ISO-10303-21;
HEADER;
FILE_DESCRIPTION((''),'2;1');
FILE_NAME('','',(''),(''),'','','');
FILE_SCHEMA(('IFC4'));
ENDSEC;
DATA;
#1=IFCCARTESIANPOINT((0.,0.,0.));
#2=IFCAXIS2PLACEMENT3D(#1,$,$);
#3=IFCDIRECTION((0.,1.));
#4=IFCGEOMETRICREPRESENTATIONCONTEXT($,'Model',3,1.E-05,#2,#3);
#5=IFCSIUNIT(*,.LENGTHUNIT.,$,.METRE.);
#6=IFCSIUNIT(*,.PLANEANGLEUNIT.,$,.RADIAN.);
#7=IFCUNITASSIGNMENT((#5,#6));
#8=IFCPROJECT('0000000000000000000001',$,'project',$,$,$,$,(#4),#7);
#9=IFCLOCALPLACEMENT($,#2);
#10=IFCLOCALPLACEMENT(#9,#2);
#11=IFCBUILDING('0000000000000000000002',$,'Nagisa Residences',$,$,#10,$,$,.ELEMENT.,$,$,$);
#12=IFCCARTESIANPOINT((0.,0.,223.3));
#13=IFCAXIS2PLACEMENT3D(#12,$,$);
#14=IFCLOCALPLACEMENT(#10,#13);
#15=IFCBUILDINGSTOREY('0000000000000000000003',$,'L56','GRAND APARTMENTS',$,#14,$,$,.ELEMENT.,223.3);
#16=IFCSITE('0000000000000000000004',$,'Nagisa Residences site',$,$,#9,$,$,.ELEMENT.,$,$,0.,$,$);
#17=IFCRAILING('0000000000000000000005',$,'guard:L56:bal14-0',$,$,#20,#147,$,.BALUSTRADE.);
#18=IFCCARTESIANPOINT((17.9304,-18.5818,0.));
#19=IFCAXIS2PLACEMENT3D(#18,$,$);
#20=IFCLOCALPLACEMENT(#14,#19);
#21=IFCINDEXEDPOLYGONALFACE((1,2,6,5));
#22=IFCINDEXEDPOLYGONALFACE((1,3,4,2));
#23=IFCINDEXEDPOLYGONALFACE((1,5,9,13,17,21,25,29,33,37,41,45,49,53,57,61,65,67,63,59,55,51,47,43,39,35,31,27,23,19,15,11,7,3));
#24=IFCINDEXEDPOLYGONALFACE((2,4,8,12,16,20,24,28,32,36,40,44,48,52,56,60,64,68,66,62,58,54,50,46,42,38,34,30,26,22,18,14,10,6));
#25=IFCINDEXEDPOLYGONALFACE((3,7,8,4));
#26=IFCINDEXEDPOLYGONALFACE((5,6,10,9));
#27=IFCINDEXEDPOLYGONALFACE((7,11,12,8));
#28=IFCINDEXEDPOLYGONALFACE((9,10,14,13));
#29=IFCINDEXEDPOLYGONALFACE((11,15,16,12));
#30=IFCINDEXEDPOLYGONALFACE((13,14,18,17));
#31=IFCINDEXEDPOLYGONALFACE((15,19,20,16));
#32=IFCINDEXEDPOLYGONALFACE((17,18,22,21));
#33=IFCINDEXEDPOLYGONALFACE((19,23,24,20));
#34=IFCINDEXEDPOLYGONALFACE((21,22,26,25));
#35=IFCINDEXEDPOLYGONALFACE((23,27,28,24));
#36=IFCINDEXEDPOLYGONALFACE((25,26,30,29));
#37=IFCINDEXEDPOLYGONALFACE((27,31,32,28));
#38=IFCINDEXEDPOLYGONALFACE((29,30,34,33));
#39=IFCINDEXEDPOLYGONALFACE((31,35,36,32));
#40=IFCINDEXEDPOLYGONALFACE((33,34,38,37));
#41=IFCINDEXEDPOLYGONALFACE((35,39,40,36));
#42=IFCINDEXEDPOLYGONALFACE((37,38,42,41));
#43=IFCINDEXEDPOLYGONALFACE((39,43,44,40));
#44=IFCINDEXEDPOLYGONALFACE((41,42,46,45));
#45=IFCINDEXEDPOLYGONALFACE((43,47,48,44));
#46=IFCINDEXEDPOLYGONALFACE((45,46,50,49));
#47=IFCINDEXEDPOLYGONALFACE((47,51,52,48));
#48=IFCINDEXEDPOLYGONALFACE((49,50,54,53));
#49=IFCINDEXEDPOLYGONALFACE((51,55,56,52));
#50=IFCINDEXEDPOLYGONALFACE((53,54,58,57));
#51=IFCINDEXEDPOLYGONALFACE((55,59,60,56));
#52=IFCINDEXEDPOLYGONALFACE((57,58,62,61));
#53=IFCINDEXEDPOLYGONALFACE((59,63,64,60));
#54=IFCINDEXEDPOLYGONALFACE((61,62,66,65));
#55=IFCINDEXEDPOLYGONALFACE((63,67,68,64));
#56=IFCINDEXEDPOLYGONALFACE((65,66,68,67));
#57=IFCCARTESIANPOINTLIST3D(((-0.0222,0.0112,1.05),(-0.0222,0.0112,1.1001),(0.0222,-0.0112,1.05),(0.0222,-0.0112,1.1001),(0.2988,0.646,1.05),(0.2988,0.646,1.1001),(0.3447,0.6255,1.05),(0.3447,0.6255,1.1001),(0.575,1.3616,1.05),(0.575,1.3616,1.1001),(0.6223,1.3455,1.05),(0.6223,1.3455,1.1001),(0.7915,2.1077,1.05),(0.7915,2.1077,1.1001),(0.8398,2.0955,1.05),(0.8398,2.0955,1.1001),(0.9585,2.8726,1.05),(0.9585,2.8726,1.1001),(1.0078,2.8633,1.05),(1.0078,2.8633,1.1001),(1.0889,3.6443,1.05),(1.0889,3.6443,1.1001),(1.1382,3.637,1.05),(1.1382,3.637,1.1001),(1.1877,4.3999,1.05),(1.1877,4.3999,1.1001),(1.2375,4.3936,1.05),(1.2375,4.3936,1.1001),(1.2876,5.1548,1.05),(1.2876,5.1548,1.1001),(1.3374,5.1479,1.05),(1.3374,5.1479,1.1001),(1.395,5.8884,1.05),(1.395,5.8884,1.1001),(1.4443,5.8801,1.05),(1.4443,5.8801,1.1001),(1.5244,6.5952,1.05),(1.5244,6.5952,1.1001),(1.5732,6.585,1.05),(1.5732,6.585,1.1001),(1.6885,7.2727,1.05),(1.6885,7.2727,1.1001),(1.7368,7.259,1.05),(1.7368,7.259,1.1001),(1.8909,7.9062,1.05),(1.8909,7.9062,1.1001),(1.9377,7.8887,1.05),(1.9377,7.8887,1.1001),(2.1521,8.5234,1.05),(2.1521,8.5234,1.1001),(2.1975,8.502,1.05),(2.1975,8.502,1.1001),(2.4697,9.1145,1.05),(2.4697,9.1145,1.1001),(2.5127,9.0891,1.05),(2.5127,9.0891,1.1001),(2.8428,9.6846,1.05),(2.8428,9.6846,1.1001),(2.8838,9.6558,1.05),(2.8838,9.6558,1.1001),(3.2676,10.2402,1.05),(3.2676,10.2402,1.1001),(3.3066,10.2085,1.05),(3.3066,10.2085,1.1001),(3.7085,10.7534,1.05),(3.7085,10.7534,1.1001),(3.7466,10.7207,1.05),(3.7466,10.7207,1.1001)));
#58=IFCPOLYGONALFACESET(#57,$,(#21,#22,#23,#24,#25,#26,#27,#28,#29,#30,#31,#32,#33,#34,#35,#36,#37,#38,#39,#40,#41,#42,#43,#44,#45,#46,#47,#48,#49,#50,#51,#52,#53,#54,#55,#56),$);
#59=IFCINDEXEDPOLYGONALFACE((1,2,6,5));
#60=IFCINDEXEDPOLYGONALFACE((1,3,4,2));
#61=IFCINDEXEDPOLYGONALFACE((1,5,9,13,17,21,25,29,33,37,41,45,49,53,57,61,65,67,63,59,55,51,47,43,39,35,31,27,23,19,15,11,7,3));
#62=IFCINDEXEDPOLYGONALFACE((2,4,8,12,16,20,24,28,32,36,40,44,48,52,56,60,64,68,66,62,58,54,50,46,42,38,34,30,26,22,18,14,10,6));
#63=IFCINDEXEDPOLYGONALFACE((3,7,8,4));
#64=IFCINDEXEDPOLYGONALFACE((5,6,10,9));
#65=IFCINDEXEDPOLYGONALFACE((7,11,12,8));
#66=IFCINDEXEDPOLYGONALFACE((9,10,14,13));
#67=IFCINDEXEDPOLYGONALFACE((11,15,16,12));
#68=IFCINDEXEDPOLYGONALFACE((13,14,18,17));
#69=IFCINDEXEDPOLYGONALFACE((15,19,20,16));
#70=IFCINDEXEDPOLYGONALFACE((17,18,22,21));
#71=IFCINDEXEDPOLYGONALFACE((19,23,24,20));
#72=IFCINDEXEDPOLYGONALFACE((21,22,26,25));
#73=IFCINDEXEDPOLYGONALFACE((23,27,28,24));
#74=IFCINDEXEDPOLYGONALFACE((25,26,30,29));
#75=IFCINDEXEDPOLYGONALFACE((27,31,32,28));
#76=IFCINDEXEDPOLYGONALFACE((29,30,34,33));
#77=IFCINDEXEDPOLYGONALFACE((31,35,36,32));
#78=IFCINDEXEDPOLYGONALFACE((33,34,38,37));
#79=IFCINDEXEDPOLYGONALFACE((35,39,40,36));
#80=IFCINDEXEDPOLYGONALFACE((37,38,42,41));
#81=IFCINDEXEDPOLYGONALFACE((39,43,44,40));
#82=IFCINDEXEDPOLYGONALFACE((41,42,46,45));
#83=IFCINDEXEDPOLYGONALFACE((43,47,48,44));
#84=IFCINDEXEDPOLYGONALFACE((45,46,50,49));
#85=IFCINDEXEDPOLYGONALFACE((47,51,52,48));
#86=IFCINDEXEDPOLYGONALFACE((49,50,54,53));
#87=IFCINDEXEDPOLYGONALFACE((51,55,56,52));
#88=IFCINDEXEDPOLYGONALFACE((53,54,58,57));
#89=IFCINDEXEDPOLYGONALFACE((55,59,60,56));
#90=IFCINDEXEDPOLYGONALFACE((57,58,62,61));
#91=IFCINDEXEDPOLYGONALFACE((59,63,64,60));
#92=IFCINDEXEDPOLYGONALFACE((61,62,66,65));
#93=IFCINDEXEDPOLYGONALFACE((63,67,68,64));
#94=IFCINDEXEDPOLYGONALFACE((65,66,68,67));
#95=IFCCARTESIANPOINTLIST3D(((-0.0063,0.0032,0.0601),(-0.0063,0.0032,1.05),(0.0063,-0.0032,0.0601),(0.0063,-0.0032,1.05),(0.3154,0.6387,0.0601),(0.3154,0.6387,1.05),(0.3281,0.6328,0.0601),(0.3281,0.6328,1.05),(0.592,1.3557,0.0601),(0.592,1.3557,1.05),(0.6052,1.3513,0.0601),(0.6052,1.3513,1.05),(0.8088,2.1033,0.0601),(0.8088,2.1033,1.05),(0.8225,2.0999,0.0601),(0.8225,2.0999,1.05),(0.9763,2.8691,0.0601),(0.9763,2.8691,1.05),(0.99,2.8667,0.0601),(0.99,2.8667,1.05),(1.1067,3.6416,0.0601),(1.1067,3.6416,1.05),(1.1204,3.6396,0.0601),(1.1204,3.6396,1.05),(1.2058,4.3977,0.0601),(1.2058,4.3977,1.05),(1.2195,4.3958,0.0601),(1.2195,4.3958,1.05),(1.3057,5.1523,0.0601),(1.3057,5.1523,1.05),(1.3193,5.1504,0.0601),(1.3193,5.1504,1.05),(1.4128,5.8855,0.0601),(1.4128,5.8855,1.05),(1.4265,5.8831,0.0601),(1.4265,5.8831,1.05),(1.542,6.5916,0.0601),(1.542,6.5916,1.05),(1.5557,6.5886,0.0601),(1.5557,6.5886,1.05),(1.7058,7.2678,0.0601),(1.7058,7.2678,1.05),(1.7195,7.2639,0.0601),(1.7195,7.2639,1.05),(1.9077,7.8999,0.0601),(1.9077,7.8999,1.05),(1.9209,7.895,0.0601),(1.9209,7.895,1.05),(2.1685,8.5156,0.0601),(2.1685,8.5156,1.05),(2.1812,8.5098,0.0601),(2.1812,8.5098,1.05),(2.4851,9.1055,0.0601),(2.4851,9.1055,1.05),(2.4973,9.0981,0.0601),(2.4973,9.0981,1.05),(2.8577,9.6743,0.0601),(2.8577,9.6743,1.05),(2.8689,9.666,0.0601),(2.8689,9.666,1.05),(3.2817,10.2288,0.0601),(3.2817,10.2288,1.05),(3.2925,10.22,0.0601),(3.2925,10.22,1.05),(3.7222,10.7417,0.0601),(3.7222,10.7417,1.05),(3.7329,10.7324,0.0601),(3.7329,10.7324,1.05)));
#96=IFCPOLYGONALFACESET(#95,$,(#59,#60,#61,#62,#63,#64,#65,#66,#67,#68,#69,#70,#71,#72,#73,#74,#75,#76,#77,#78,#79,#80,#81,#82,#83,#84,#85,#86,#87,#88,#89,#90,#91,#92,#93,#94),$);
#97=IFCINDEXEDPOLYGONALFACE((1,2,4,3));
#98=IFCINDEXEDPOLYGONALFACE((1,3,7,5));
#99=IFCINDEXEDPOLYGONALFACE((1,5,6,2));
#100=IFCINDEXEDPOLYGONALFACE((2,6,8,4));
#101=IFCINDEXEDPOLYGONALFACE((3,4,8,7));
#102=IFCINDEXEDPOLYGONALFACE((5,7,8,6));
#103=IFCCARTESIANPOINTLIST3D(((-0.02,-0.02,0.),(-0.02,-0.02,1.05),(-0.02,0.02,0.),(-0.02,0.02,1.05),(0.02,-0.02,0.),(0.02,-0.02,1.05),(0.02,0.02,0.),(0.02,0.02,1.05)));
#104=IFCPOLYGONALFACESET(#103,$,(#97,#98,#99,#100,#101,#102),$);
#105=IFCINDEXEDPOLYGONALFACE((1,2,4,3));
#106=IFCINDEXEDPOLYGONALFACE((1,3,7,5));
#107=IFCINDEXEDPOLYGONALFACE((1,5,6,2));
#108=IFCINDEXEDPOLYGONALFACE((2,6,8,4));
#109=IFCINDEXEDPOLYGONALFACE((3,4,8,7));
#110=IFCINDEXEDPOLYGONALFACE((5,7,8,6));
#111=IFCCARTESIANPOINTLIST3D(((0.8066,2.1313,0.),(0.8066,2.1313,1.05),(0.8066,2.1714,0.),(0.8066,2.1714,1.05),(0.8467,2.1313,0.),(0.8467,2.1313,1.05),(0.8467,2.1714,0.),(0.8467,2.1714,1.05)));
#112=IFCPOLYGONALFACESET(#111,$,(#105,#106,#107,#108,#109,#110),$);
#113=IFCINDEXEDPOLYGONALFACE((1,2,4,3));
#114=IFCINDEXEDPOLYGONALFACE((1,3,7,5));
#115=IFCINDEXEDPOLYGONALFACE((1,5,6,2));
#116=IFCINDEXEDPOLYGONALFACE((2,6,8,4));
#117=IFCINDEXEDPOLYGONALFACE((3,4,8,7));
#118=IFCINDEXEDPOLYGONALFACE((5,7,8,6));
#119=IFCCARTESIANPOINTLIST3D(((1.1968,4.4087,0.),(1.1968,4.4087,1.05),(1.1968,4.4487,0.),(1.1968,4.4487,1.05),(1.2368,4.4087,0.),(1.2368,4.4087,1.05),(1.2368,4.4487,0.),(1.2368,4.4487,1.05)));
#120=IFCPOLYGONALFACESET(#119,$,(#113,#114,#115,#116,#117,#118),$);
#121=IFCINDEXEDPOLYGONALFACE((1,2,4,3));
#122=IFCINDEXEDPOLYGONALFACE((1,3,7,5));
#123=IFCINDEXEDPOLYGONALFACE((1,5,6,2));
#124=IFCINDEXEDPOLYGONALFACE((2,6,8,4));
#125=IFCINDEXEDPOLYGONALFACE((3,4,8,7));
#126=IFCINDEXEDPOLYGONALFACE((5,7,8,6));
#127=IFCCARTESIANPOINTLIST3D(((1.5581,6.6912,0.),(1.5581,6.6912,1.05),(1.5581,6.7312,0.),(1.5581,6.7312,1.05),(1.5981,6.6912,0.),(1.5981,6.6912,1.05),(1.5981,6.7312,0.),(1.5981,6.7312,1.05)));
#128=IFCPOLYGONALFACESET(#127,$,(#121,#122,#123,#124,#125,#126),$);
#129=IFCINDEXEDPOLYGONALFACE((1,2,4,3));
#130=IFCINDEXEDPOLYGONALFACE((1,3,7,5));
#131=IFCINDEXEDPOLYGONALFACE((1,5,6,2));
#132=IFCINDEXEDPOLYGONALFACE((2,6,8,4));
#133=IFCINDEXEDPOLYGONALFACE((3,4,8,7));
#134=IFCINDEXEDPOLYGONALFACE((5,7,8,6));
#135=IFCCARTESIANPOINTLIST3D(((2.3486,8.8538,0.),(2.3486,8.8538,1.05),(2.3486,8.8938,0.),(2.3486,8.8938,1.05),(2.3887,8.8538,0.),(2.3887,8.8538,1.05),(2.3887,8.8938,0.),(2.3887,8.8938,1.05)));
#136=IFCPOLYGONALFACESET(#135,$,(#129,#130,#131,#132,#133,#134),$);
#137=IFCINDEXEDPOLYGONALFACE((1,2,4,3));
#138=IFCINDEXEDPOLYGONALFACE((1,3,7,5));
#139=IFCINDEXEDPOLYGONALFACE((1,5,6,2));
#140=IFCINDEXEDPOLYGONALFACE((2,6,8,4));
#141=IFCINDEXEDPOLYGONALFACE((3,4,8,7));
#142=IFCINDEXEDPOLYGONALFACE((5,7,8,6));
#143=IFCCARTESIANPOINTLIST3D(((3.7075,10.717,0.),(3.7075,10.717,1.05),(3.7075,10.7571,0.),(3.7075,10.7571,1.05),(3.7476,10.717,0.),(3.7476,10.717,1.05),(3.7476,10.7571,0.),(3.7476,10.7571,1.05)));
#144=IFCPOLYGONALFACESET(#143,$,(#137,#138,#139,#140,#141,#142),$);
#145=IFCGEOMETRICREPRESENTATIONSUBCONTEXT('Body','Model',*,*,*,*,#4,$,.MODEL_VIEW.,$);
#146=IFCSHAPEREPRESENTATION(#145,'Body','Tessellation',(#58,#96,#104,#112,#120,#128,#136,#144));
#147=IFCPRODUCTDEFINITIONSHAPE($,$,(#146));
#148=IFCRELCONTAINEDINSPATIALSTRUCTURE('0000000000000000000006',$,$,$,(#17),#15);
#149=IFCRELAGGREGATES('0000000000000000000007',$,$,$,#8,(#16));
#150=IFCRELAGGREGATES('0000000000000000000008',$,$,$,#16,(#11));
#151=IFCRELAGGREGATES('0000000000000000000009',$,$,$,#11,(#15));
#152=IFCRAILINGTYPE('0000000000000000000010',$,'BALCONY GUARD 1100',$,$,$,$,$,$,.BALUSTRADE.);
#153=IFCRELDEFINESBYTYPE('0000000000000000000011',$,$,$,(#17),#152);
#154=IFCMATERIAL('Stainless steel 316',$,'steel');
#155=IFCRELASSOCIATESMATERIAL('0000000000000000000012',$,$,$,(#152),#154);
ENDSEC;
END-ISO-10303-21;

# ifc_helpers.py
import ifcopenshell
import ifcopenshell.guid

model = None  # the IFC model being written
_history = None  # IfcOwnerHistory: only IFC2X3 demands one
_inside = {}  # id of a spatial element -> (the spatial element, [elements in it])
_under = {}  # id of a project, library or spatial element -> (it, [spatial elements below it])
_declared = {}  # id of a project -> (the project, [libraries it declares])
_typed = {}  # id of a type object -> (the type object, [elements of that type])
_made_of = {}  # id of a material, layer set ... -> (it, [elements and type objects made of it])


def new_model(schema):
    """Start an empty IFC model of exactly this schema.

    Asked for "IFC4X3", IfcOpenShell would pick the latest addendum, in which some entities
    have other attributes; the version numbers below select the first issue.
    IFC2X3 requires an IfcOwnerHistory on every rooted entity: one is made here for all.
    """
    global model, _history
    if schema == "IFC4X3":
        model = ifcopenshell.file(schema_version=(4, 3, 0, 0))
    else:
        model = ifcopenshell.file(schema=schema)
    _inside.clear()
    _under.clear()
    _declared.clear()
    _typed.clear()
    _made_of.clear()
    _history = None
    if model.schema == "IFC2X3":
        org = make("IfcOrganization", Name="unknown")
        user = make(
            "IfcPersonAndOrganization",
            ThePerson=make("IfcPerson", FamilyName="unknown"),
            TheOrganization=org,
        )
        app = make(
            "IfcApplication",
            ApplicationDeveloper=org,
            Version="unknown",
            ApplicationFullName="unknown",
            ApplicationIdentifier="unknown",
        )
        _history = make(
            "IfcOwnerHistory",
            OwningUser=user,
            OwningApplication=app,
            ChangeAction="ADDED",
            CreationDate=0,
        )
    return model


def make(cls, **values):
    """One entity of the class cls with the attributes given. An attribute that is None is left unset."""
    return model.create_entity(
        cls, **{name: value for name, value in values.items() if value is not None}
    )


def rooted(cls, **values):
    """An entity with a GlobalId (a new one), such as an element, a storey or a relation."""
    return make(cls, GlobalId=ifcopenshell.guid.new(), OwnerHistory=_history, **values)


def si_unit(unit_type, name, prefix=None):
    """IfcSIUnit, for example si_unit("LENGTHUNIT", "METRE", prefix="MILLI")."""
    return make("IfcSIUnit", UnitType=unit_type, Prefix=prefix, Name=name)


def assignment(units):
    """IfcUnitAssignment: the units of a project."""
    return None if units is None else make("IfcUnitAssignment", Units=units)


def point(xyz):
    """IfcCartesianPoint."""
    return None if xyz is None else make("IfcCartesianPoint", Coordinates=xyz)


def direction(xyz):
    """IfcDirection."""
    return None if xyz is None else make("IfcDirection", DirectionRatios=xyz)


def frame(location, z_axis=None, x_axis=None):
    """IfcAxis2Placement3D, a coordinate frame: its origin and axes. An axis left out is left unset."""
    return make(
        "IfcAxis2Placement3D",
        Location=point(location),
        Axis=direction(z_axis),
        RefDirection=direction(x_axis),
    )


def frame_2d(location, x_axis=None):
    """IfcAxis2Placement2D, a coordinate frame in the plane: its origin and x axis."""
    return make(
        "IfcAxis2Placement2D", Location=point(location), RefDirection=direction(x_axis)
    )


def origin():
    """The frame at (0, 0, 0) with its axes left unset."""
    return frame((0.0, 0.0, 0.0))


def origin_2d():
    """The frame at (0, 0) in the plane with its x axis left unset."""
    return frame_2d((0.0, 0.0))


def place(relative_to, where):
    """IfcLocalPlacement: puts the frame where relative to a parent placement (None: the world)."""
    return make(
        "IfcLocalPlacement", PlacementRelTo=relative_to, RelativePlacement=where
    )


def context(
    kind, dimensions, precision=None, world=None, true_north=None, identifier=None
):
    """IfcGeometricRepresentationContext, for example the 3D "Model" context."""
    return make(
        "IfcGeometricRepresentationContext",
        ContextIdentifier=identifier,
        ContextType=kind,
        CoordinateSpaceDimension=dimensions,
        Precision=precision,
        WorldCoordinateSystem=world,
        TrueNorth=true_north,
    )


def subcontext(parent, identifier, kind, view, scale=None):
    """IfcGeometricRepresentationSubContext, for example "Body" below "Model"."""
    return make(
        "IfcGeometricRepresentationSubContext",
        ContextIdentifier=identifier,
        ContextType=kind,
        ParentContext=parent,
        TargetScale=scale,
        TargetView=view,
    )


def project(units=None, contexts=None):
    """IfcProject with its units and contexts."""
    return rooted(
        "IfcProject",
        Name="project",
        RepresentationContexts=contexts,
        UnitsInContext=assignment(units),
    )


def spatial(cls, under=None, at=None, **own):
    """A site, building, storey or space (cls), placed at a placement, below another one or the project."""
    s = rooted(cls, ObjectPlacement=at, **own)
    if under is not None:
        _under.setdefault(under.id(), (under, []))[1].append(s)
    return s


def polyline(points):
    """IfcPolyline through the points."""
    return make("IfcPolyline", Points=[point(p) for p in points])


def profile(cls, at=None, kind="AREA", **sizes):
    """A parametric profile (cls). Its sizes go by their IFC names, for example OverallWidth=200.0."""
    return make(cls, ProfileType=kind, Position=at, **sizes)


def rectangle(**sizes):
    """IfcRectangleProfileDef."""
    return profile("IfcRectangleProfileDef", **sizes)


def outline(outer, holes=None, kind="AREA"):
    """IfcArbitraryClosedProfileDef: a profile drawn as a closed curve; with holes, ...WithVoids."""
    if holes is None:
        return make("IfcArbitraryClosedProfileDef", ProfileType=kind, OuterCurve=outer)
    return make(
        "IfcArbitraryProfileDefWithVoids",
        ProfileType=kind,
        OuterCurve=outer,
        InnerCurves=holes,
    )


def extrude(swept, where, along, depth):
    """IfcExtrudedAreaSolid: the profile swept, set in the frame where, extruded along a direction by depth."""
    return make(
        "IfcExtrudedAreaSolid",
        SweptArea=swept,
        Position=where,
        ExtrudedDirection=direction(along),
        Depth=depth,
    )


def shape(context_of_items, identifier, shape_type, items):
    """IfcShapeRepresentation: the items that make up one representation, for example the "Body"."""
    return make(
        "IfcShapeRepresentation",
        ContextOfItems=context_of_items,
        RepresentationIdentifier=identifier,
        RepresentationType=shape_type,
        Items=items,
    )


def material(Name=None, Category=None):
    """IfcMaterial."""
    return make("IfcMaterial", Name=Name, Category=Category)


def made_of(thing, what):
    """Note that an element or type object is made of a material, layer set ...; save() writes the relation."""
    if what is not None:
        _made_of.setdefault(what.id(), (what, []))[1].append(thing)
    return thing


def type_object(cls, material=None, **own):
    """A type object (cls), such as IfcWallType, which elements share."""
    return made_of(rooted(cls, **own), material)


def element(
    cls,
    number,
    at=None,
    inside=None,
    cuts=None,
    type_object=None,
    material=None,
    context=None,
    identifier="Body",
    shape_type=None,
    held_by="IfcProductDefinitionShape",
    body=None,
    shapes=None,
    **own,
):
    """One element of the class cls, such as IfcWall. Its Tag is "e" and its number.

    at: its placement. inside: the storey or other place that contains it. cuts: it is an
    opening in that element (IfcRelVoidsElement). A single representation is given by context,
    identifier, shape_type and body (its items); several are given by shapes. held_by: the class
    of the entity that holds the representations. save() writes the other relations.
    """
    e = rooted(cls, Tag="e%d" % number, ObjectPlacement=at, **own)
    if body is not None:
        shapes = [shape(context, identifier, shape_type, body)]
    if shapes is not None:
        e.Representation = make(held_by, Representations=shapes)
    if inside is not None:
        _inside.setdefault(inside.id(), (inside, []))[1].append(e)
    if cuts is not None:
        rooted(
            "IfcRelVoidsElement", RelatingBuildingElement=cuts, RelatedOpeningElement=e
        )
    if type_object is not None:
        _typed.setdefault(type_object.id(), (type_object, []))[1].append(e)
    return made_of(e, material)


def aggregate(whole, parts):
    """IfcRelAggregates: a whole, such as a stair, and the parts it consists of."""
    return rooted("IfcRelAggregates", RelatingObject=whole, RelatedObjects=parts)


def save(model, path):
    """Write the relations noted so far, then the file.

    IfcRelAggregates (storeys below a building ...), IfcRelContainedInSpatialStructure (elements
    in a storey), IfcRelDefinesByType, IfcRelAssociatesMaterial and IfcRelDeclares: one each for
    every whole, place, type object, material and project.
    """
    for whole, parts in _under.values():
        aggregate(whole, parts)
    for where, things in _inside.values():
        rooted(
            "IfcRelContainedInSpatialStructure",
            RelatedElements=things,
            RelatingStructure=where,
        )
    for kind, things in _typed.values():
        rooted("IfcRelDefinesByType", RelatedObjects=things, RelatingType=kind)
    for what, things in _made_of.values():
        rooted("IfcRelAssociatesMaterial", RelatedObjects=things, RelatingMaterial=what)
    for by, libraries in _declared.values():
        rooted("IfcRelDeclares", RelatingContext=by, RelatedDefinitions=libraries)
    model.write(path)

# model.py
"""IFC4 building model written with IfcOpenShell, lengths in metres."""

from ifc_helpers import new_model, si_unit, direction, frame, origin, origin_2d, place, context, subcontext, project, spatial, polyline, rectangle, outline, extrude, material, type_object, element, save


model = new_model("IFC4")

# Units and contexts
model_context = context("Model", 3, precision=1e-05, world=origin(), true_north=direction((0.0, 1.0)))
body_context = subcontext(model_context, "Body", "Model", "MODEL_VIEW")
ifc_project = project(units=[si_unit("LENGTHUNIT", "METRE"), si_unit("PLANEANGLEUNIT", "RADIAN")], contexts=[model_context])

# Site, building, storey
site_placement = place(None, origin())
site = spatial("IfcSite", under=ifc_project, at=site_placement, Name="Nagisa Residences site", CompositionType="ELEMENT", RefElevation=0.0)
building_placement = place(site_placement, origin())
building = spatial("IfcBuilding", under=site, at=building_placement, Name="Nagisa Residences", CompositionType="ELEMENT")
storey_placement = place(building_placement, frame((0.0, 0.0, 223.3)))
storey = spatial("IfcBuildingStorey", under=building, at=storey_placement, Name="L56", Description="GRAND APARTMENTS", CompositionType="ELEMENT", Elevation=223.3)

# Railing
ifc_material_1 = material(Name="Stainless steel 316", Category="steel")
railing_type = type_object("IfcRailingType", Name="BALCONY GUARD 1100", PredefinedType="BALUSTRADE", material=ifc_material_1)
railing_placement = place(storey_placement, frame((17.9304, -18.5818, 0.0)))
element("IfcRailing", 1, at=railing_placement, inside=storey, type_object=railing_type, Name="guard:L56:bal14-0", PredefinedType="BALUSTRADE", context=body_context, shape_type="SweptSolid", body=[
    extrude(outline(polyline([(0.2988, 0.646), (-0.0222, 0.0112), (0.0222, -0.0112), (0.3447, 0.6255), (0.6223, 1.3455), (0.8398, 2.0955), (1.0078, 2.8633), (1.1382, 3.637), (1.2375, 4.3936), (1.3374, 5.1479), (1.4443, 5.8801), (1.5732, 6.585), (1.7368, 7.259), (1.9377, 7.8887), (2.1975, 8.502), (2.5127, 9.0891), (2.8838, 9.6558), (3.3066, 10.2085), (3.7466, 10.7207), (3.7085, 10.7534), (3.2676, 10.2402), (2.8428, 9.6846), (2.4697, 9.1145), (2.1521, 8.5234), (1.8909, 7.9062), (1.6885, 7.2727), (1.5244, 6.5952), (1.395, 5.8884), (1.2876, 5.1548), (1.1877, 4.3999), (1.0889, 3.6443), (0.9585, 2.8726), (0.7915, 2.1077), (0.575, 1.3616), (0.2988, 0.646)])), frame((0.0, 0.0, 1.05)), (0.0, 0.0, 1.0), 0.05),
    extrude(outline(polyline([(0.3154, 0.6387), (-0.0063, 0.0032), (0.0063, -0.0032), (0.3281, 0.6328), (0.6052, 1.3513), (0.8225, 2.0999), (0.99, 2.8667), (1.1204, 3.6396), (1.2195, 4.3958), (1.3193, 5.1504), (1.4265, 5.8831), (1.5557, 6.5886), (1.7195, 7.2639), (1.9209, 7.895), (2.1812, 8.5098), (2.4973, 9.0981), (2.8689, 9.666), (3.2925, 10.22), (3.7329, 10.7324), (3.7222, 10.7417), (3.2817, 10.2288), (2.8577, 9.6743), (2.4851, 9.1055), (2.1685, 8.5156), (1.9077, 7.8999), (1.7058, 7.2678), (1.542, 6.5916), (1.4128, 5.8855), (1.3057, 5.1523), (1.2058, 4.3977), (1.1067, 3.6416), (0.9763, 2.8691), (0.8088, 2.1033), (0.592, 1.3557), (0.3154, 0.6387)])), frame((0.0, 0.0, 0.0601)), (0.0, 0.0, 1.0), 0.99),
    extrude(rectangle(XDim=0.04, YDim=0.04, at=origin_2d()), origin(), (0.0, 0.0, 1.0), 1.05),
    extrude(rectangle(XDim=0.04, YDim=0.04, at=origin_2d()), frame((0.8267, 2.1514, 0.0)), (0.0, 0.0, 1.0), 1.05),
    extrude(rectangle(XDim=0.04, YDim=0.04, at=origin_2d()), frame((1.2168, 4.4287, 0.0)), (0.0, 0.0, 1.0), 1.05),
    extrude(rectangle(XDim=0.04, YDim=0.04, at=origin_2d()), frame((1.5781, 6.7112, 0.0)), (0.0, 0.0, 1.0), 1.05),
    extrude(rectangle(XDim=0.04, YDim=0.04, at=origin_2d()), frame((2.3687, 8.8738, 0.0)), (0.0, 0.0, 1.0), 1.05),
    extrude(rectangle(XDim=0.04, YDim=0.04, at=origin_2d()), frame((3.7275, 10.7371, 0.0)), (0.0, 0.0, 1.0), 1.05),
])

save(model, "model.ifc")
